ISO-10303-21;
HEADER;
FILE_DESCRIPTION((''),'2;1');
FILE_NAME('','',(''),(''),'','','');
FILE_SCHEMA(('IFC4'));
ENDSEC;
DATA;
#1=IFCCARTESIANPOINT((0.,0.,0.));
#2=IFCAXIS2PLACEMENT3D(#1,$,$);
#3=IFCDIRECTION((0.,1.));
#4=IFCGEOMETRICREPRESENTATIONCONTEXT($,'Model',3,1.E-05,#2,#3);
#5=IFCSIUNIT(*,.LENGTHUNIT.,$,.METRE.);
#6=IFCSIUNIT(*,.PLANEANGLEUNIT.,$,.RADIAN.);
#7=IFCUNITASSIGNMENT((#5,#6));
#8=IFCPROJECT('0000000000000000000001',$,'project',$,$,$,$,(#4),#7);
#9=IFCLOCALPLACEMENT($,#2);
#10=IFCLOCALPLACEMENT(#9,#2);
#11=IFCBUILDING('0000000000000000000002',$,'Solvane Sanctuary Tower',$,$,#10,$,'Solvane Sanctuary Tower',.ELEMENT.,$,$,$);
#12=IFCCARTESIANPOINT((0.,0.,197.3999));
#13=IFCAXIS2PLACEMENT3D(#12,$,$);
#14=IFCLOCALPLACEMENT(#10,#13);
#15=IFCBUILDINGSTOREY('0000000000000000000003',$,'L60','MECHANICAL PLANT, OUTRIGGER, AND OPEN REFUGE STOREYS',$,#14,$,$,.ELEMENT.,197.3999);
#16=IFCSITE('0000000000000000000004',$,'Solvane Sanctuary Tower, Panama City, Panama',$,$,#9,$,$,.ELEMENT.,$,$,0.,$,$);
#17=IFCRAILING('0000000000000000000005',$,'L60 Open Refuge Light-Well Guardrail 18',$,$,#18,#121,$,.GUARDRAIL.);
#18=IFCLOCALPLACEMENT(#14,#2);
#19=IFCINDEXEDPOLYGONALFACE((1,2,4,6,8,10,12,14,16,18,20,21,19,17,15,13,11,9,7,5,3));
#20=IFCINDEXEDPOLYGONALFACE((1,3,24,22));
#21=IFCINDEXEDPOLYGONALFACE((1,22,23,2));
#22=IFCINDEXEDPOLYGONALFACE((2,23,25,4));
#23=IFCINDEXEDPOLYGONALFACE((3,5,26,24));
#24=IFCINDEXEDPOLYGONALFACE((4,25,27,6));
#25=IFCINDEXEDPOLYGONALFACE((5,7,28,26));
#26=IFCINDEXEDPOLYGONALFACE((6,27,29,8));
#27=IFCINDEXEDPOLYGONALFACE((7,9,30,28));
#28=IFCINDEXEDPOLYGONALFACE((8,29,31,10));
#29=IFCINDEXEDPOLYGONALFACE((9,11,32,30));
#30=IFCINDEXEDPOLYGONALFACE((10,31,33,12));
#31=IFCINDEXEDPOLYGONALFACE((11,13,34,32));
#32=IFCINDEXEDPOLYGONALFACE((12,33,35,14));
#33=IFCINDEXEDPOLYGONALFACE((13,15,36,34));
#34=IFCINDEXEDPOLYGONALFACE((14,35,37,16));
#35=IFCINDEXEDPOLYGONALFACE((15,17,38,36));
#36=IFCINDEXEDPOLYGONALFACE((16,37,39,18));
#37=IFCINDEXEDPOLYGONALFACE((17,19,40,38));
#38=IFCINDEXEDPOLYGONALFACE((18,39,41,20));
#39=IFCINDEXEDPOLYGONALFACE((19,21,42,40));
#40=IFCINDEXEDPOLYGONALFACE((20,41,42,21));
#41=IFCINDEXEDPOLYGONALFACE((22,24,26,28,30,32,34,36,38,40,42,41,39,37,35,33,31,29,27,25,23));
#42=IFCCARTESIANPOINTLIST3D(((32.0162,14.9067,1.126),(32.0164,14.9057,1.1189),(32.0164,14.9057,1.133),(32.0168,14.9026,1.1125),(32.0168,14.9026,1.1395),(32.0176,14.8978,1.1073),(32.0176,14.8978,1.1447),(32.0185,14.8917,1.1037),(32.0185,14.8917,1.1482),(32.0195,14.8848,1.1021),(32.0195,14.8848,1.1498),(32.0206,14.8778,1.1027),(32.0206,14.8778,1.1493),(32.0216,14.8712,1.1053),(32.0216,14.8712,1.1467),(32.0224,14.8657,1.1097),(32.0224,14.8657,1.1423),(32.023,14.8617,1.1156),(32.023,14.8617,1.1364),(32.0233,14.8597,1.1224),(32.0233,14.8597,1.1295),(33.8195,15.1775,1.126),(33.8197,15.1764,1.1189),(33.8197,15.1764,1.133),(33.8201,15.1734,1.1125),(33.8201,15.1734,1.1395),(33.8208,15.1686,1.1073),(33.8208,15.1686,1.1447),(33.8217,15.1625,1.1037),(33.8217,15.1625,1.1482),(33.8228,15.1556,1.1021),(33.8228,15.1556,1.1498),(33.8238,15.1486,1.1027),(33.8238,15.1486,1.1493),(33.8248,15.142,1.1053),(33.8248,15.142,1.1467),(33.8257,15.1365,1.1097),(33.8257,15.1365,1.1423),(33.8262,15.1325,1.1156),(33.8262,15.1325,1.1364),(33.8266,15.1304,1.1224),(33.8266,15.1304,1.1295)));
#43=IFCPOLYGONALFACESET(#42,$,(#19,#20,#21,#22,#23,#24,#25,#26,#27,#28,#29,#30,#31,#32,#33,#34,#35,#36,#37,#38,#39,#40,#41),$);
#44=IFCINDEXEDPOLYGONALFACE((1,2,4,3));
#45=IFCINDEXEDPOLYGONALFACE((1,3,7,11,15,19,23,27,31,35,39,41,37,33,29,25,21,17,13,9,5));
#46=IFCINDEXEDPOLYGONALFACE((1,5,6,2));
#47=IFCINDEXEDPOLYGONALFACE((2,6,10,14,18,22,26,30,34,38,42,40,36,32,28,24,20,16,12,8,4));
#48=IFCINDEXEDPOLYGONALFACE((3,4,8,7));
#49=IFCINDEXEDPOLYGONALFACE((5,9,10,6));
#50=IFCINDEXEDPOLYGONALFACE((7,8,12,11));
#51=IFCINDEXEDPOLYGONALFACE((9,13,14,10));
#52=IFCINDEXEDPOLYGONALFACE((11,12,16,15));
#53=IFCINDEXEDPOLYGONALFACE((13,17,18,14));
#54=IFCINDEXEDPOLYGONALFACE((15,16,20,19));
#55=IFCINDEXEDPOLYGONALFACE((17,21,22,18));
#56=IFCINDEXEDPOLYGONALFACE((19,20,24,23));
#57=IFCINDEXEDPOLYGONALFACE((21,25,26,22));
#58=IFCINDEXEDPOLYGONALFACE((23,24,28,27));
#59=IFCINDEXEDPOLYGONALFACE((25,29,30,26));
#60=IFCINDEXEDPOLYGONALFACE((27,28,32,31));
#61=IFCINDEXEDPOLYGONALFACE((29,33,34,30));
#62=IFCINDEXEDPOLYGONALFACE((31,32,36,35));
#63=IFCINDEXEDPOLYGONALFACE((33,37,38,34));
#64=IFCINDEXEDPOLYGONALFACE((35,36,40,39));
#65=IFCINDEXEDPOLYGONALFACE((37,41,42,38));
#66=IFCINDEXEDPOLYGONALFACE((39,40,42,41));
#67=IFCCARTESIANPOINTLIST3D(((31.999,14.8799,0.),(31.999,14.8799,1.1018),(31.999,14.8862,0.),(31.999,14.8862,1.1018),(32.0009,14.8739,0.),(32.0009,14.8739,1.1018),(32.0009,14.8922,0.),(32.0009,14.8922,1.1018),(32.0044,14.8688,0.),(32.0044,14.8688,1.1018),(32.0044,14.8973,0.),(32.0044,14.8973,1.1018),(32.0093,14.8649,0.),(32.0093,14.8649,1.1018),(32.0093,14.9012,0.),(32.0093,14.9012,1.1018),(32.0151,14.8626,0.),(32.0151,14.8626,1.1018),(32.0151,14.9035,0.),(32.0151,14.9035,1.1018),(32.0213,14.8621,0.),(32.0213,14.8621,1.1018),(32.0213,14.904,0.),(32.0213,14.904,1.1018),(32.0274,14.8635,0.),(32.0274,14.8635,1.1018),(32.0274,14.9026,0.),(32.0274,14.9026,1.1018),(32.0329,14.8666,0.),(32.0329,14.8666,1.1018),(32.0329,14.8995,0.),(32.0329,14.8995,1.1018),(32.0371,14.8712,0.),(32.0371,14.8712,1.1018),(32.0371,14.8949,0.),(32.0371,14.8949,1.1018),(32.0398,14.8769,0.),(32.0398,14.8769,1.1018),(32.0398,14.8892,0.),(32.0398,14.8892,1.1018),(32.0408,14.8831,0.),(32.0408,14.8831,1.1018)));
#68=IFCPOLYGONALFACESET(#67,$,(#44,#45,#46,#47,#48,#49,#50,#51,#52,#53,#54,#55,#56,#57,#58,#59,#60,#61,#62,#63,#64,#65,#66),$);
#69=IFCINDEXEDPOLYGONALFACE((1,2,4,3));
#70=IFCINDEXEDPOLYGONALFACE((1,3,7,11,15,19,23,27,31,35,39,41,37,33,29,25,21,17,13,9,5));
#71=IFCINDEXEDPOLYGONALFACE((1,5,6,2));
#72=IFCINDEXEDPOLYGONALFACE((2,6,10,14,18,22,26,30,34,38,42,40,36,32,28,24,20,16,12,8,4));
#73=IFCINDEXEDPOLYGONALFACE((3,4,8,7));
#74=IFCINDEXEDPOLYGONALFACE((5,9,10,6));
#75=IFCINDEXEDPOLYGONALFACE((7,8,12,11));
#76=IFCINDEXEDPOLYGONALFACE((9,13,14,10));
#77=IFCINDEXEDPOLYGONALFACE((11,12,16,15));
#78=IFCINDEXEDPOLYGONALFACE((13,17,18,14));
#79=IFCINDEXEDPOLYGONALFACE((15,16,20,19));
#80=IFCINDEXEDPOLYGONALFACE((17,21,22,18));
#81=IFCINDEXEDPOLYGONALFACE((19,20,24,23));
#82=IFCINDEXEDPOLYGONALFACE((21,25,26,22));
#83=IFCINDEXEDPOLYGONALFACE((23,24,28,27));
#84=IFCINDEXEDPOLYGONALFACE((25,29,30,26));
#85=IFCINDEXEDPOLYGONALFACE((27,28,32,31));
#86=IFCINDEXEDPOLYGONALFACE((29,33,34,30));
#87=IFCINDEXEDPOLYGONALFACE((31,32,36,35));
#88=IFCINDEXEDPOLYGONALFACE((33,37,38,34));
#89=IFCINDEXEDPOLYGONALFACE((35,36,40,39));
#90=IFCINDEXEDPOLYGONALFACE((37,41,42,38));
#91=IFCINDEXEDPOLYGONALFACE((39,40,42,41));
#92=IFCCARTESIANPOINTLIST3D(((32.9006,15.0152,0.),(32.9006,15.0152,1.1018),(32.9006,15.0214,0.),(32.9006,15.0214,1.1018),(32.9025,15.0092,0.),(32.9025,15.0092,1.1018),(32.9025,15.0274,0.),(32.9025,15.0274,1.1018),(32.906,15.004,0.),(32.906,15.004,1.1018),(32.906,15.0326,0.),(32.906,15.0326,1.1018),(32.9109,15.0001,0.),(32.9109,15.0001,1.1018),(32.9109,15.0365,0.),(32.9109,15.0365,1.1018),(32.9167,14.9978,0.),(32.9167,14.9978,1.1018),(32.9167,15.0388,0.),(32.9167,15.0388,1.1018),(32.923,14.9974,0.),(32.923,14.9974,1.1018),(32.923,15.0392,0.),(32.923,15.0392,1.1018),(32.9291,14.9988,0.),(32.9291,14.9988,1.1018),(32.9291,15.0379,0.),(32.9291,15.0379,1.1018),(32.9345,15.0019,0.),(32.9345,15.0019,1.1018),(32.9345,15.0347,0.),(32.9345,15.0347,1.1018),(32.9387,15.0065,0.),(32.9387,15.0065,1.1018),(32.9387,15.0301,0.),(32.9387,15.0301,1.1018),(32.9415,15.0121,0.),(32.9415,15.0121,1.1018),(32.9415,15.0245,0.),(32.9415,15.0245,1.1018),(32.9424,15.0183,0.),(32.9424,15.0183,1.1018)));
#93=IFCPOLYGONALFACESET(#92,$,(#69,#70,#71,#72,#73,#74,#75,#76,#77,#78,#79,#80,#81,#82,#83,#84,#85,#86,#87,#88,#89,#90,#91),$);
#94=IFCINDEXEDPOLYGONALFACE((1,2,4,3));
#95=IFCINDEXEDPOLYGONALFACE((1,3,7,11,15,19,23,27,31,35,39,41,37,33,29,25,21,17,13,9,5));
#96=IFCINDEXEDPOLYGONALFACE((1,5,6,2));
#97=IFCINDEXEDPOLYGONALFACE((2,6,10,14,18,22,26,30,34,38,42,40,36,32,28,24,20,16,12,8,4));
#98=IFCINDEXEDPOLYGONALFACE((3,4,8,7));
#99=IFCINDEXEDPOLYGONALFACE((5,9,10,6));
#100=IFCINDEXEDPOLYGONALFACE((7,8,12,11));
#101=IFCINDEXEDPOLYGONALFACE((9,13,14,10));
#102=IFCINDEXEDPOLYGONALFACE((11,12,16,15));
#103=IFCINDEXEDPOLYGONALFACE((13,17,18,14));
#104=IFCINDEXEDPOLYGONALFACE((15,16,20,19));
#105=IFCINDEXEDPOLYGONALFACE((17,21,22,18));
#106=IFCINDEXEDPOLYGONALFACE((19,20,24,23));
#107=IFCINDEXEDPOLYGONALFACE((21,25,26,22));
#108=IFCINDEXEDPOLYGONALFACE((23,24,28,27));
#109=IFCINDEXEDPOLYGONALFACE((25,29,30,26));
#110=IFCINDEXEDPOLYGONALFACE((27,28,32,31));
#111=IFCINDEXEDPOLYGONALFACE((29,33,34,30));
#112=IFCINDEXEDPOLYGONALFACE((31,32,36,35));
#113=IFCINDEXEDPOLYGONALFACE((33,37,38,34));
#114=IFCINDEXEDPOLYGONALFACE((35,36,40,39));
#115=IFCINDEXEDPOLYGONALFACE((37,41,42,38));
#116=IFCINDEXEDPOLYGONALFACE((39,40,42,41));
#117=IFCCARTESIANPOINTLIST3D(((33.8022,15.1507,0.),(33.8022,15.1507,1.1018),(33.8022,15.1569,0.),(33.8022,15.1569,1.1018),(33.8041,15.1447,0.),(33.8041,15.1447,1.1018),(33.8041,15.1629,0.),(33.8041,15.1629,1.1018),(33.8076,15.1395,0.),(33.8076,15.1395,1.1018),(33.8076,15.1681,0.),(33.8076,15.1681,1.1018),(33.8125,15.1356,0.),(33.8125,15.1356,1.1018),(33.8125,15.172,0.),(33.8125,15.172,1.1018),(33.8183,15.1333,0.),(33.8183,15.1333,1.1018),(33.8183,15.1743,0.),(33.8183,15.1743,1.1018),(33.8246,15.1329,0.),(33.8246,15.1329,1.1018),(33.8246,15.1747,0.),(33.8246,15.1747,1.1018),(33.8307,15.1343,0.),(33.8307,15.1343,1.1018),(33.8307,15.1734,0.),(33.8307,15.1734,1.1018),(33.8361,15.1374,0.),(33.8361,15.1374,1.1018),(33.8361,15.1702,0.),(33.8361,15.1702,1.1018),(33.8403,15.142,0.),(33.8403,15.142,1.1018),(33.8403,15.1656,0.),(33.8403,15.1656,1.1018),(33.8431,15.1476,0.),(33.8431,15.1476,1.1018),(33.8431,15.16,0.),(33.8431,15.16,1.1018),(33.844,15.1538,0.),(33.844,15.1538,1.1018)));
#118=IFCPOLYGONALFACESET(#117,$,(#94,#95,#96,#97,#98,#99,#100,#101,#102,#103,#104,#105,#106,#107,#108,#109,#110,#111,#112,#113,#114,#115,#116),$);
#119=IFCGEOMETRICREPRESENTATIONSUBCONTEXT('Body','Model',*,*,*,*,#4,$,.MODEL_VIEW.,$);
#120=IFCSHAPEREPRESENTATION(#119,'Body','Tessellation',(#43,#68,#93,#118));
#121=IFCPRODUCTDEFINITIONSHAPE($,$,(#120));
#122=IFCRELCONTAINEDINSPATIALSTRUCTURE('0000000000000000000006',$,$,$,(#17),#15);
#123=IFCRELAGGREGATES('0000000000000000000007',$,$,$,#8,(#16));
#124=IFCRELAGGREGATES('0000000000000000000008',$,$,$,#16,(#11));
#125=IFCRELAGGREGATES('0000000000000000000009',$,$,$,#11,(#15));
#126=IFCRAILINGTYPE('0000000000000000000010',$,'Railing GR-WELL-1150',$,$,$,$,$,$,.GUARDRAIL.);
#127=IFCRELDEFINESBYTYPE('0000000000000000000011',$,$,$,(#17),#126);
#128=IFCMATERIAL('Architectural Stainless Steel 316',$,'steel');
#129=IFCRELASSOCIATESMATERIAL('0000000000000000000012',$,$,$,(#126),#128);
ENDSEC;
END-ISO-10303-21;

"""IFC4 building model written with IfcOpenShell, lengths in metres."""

from ifc_helpers import new_model, si_unit, direction, frame, origin, origin_2d, place, context, subcontext, project, spatial, circle, extrude, material, type_object, element, save


model = new_model("IFC4")

# Units and contexts
model_context = context("Model", 3, precision=1e-05, world=origin(), true_north=direction((0.0, 1.0)))
body_context = subcontext(model_context, "Body", "Model", "MODEL_VIEW")
ifc_project = project(units=[si_unit("LENGTHUNIT", "METRE"), si_unit("PLANEANGLEUNIT", "RADIAN")], contexts=[model_context])

# Site, building, storey
site_placement = place(None, origin())
site = spatial("IfcSite", under=ifc_project, at=site_placement, Name="Solvane Sanctuary Tower, Panama City, Panama", CompositionType="ELEMENT", RefElevation=0.0)
building_placement = place(site_placement, origin())
building = spatial("IfcBuilding", under=site, at=building_placement, Name="Solvane Sanctuary Tower", LongName="Solvane Sanctuary Tower", CompositionType="ELEMENT")
storey_placement = place(building_placement, frame((0.0, 0.0, 197.3999)))
storey = spatial("IfcBuildingStorey", under=building, at=storey_placement, Name="L60", Description="MECHANICAL PLANT, OUTRIGGER, AND OPEN REFUGE STOREYS", CompositionType="ELEMENT", Elevation=197.3999)

# Shared definitions
ifc_material_1 = material(Name="Architectural Stainless Steel 316", Category="steel")

# Railing
railing_type_1 = type_object("IfcRailingType", Name="Railing GR-WELL-1150", PredefinedType="GUARDRAIL", material=ifc_material_1)
railing_1_placement = place(storey_placement, frame((32.0198, 14.8831, 0.0)))
element("IfcRailing", 1, at=railing_1_placement, inside=storey, type_object=railing_type_1, Name="L60 Open Refuge Light-Well Guardrail 18", PredefinedType="GUARDRAIL", context=body_context, shape_type="SweptSolid", body=[
    extrude(circle(Radius=0.0239, at=origin_2d()), frame((0.0, 0.0, 1.126), z_axis=(0.988915, 0.148484, 0.0), x_axis=(-0.148484, 0.988915, 0.0)), (0.0, 0.0, 1.0), 1.8235),
    extrude(circle(Radius=0.021, at=origin_2d()), origin(), (0.0, 0.0, 1.0), 1.1018),
    extrude(circle(Radius=0.021, at=origin_2d()), frame((0.9016, 0.1353, 0.0)), (0.0, 0.0, 1.0), 1.1018),
    extrude(circle(Radius=0.021, at=origin_2d()), frame((1.8032, 0.2708, 0.0)), (0.0, 0.0, 1.0), 1.1018),
])

save(model, "model.ifc")
